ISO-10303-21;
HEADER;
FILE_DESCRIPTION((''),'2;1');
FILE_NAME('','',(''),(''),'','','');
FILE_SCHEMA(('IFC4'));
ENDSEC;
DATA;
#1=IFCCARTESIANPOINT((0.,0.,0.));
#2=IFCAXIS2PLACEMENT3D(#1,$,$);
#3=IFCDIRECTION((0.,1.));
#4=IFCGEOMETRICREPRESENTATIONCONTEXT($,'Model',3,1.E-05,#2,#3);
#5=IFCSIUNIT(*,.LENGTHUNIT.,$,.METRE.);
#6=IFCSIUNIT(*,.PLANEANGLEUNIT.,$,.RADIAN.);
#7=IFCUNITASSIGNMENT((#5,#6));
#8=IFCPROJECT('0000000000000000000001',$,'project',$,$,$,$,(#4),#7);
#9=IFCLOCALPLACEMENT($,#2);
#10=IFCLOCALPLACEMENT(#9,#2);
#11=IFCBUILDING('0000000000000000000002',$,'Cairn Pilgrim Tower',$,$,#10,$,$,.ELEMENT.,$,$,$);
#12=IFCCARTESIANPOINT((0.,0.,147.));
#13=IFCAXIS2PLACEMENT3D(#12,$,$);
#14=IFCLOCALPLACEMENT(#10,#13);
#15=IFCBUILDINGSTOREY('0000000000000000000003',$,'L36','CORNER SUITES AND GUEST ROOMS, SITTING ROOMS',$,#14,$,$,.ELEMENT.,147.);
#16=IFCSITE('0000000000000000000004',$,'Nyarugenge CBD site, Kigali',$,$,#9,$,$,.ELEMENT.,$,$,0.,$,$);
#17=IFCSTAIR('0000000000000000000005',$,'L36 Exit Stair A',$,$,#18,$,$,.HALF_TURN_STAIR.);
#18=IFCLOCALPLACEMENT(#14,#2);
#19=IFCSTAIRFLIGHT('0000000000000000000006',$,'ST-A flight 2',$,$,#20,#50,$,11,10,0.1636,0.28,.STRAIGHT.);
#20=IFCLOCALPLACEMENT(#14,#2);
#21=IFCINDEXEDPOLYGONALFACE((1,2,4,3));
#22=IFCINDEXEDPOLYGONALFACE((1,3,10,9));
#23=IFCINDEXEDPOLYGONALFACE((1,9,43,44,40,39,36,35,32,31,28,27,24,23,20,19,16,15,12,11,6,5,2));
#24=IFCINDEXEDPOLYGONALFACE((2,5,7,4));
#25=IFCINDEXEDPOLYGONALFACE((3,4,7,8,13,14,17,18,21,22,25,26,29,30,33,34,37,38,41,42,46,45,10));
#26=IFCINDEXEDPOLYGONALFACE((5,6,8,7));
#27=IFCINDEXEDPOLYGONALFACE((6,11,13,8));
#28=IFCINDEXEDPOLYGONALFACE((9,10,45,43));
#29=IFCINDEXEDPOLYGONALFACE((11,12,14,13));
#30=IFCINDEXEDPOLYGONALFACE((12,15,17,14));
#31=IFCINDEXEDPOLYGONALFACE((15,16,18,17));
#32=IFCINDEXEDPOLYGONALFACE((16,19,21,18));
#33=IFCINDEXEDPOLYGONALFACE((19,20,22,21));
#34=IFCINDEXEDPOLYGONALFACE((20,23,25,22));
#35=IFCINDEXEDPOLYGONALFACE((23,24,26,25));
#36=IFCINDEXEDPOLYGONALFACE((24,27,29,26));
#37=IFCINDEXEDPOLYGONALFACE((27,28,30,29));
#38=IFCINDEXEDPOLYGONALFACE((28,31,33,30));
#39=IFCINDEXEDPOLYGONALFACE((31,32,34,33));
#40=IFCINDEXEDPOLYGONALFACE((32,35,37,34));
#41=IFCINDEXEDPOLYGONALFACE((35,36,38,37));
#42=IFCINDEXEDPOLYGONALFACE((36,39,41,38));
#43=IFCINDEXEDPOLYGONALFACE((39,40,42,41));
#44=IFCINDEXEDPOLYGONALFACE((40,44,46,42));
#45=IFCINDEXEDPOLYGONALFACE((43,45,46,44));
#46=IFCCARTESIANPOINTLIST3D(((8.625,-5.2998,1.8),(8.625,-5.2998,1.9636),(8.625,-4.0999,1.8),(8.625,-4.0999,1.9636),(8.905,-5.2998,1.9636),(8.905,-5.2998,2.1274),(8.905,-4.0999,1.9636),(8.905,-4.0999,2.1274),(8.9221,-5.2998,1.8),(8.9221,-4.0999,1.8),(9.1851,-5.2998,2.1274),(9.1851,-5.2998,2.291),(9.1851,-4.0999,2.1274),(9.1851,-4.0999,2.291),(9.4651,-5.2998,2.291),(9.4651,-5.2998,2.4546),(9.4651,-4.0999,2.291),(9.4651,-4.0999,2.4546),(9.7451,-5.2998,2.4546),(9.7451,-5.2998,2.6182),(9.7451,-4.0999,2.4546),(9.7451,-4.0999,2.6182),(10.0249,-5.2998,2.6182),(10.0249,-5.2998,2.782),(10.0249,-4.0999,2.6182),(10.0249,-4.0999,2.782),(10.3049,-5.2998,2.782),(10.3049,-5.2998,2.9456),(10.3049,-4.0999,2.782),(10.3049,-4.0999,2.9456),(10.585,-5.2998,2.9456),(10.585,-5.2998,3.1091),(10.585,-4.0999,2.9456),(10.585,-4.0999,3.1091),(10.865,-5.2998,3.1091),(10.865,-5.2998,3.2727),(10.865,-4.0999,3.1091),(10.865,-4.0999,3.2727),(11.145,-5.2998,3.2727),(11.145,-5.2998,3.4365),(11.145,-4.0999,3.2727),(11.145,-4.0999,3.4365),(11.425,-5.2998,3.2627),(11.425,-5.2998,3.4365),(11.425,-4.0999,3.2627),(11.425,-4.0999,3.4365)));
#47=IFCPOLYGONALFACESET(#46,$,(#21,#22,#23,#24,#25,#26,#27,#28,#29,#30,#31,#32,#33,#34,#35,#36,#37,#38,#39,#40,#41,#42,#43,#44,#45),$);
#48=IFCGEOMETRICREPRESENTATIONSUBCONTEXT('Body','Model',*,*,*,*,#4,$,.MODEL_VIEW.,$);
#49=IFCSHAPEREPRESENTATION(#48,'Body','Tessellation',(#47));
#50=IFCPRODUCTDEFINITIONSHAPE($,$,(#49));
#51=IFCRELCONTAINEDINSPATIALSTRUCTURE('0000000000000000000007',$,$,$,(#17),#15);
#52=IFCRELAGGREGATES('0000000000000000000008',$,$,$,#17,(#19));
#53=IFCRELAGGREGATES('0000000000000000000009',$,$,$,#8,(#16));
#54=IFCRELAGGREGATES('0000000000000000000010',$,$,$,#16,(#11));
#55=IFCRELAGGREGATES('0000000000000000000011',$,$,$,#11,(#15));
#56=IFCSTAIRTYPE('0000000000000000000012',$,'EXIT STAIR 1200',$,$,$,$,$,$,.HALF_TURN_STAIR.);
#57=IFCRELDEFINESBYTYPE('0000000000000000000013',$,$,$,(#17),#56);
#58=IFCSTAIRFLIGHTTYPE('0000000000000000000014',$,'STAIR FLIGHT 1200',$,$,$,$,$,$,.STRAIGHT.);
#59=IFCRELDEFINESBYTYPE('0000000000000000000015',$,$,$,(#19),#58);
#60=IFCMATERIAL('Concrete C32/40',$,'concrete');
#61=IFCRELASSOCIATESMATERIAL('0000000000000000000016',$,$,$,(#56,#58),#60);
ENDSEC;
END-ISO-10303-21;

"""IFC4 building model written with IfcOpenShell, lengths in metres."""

from ifc_helpers import new_model, si_unit, direction, frame, origin, place, context, subcontext, project, spatial, polyline, outline, extrude, material, type_object, element, aggregate, save


model = new_model("IFC4")

# Units and contexts
model_context = context("Model", 3, precision=1e-05, world=origin(), true_north=direction((0.0, 1.0)))
body_context = subcontext(model_context, "Body", "Model", "MODEL_VIEW")
ifc_project = project(units=[si_unit("LENGTHUNIT", "METRE"), si_unit("PLANEANGLEUNIT", "RADIAN")], contexts=[model_context])

# Site, building, storey
site_placement = place(None, origin())
site = spatial("IfcSite", under=ifc_project, at=site_placement, Name="Nyarugenge CBD site, Kigali", CompositionType="ELEMENT", RefElevation=0.0)
building_placement = place(site_placement, origin())
building = spatial("IfcBuilding", under=site, at=building_placement, Name="Cairn Pilgrim Tower", CompositionType="ELEMENT")
storey_placement = place(building_placement, frame((0.0, 0.0, 147.0)))
storey = spatial("IfcBuildingStorey", under=building, at=storey_placement, Name="L36", Description="CORNER SUITES AND GUEST ROOMS, SITTING ROOMS", CompositionType="ELEMENT", Elevation=147.0)

# Shared definitions
ifc_material_1 = material(Name="Concrete C32/40", Category="concrete")

# Stair, stair flight
stair_type = type_object("IfcStairType", Name="EXIT STAIR 1200", PredefinedType="HALF_TURN_STAIR", material=ifc_material_1)
stair_placement = place(storey_placement, origin())
stair = element("IfcStair", 1, at=stair_placement, inside=storey, type_object=stair_type, Name="L36 Exit Stair A", PredefinedType="HALF_TURN_STAIR")
stair_flight_type = type_object("IfcStairFlightType", Name="STAIR FLIGHT 1200", PredefinedType="STRAIGHT", material=ifc_material_1)
stair_flight_1_placement = place(storey_placement, frame((8.625, -4.7, 1.8), z_axis=(0.0, 0.0, 1.0), x_axis=(1.0, 0.0, 0.0)))
stair_flight_1 = element("IfcStairFlight", 2, at=stair_flight_1_placement, type_object=stair_flight_type, Name="ST-A flight 2", NumberOfRisers=11, NumberOfTreads=10, PredefinedType="STRAIGHT", RiserHeight=0.1636, TreadLength=0.28, context=body_context, shape_type="SweptSolid", body=[
    extrude(outline(polyline([(0.0, 0.0), (0.0, 0.1636), (0.28, 0.1636), (0.28, 0.3274), (0.5601, 0.3274), (0.5601, 0.491), (0.8401, 0.491), (0.8401, 0.6545), (1.1201, 0.6545), (1.1201, 0.8181), (1.3999, 0.8181), (1.3999, 0.9819), (1.6799, 0.9819), (1.6799, 1.1455), (1.96, 1.1455), (1.96, 1.3091), (2.24, 1.3091), (2.24, 1.4727), (2.52, 1.4727), (2.52, 1.6365), (2.8, 1.6365), (2.8, 1.8), (2.8, 1.4626), (0.2971, 0.0), (0.0, 0.0)])), frame((0.0, 0.6001, 0.0), z_axis=(0.0, -1.0, 0.0), x_axis=(1.0, 0.0, 0.0)), (0.0, 0.0, 1.0), 1.2),
])
aggregate(stair, [stair_flight_1])

save(model, "model.ifc")
